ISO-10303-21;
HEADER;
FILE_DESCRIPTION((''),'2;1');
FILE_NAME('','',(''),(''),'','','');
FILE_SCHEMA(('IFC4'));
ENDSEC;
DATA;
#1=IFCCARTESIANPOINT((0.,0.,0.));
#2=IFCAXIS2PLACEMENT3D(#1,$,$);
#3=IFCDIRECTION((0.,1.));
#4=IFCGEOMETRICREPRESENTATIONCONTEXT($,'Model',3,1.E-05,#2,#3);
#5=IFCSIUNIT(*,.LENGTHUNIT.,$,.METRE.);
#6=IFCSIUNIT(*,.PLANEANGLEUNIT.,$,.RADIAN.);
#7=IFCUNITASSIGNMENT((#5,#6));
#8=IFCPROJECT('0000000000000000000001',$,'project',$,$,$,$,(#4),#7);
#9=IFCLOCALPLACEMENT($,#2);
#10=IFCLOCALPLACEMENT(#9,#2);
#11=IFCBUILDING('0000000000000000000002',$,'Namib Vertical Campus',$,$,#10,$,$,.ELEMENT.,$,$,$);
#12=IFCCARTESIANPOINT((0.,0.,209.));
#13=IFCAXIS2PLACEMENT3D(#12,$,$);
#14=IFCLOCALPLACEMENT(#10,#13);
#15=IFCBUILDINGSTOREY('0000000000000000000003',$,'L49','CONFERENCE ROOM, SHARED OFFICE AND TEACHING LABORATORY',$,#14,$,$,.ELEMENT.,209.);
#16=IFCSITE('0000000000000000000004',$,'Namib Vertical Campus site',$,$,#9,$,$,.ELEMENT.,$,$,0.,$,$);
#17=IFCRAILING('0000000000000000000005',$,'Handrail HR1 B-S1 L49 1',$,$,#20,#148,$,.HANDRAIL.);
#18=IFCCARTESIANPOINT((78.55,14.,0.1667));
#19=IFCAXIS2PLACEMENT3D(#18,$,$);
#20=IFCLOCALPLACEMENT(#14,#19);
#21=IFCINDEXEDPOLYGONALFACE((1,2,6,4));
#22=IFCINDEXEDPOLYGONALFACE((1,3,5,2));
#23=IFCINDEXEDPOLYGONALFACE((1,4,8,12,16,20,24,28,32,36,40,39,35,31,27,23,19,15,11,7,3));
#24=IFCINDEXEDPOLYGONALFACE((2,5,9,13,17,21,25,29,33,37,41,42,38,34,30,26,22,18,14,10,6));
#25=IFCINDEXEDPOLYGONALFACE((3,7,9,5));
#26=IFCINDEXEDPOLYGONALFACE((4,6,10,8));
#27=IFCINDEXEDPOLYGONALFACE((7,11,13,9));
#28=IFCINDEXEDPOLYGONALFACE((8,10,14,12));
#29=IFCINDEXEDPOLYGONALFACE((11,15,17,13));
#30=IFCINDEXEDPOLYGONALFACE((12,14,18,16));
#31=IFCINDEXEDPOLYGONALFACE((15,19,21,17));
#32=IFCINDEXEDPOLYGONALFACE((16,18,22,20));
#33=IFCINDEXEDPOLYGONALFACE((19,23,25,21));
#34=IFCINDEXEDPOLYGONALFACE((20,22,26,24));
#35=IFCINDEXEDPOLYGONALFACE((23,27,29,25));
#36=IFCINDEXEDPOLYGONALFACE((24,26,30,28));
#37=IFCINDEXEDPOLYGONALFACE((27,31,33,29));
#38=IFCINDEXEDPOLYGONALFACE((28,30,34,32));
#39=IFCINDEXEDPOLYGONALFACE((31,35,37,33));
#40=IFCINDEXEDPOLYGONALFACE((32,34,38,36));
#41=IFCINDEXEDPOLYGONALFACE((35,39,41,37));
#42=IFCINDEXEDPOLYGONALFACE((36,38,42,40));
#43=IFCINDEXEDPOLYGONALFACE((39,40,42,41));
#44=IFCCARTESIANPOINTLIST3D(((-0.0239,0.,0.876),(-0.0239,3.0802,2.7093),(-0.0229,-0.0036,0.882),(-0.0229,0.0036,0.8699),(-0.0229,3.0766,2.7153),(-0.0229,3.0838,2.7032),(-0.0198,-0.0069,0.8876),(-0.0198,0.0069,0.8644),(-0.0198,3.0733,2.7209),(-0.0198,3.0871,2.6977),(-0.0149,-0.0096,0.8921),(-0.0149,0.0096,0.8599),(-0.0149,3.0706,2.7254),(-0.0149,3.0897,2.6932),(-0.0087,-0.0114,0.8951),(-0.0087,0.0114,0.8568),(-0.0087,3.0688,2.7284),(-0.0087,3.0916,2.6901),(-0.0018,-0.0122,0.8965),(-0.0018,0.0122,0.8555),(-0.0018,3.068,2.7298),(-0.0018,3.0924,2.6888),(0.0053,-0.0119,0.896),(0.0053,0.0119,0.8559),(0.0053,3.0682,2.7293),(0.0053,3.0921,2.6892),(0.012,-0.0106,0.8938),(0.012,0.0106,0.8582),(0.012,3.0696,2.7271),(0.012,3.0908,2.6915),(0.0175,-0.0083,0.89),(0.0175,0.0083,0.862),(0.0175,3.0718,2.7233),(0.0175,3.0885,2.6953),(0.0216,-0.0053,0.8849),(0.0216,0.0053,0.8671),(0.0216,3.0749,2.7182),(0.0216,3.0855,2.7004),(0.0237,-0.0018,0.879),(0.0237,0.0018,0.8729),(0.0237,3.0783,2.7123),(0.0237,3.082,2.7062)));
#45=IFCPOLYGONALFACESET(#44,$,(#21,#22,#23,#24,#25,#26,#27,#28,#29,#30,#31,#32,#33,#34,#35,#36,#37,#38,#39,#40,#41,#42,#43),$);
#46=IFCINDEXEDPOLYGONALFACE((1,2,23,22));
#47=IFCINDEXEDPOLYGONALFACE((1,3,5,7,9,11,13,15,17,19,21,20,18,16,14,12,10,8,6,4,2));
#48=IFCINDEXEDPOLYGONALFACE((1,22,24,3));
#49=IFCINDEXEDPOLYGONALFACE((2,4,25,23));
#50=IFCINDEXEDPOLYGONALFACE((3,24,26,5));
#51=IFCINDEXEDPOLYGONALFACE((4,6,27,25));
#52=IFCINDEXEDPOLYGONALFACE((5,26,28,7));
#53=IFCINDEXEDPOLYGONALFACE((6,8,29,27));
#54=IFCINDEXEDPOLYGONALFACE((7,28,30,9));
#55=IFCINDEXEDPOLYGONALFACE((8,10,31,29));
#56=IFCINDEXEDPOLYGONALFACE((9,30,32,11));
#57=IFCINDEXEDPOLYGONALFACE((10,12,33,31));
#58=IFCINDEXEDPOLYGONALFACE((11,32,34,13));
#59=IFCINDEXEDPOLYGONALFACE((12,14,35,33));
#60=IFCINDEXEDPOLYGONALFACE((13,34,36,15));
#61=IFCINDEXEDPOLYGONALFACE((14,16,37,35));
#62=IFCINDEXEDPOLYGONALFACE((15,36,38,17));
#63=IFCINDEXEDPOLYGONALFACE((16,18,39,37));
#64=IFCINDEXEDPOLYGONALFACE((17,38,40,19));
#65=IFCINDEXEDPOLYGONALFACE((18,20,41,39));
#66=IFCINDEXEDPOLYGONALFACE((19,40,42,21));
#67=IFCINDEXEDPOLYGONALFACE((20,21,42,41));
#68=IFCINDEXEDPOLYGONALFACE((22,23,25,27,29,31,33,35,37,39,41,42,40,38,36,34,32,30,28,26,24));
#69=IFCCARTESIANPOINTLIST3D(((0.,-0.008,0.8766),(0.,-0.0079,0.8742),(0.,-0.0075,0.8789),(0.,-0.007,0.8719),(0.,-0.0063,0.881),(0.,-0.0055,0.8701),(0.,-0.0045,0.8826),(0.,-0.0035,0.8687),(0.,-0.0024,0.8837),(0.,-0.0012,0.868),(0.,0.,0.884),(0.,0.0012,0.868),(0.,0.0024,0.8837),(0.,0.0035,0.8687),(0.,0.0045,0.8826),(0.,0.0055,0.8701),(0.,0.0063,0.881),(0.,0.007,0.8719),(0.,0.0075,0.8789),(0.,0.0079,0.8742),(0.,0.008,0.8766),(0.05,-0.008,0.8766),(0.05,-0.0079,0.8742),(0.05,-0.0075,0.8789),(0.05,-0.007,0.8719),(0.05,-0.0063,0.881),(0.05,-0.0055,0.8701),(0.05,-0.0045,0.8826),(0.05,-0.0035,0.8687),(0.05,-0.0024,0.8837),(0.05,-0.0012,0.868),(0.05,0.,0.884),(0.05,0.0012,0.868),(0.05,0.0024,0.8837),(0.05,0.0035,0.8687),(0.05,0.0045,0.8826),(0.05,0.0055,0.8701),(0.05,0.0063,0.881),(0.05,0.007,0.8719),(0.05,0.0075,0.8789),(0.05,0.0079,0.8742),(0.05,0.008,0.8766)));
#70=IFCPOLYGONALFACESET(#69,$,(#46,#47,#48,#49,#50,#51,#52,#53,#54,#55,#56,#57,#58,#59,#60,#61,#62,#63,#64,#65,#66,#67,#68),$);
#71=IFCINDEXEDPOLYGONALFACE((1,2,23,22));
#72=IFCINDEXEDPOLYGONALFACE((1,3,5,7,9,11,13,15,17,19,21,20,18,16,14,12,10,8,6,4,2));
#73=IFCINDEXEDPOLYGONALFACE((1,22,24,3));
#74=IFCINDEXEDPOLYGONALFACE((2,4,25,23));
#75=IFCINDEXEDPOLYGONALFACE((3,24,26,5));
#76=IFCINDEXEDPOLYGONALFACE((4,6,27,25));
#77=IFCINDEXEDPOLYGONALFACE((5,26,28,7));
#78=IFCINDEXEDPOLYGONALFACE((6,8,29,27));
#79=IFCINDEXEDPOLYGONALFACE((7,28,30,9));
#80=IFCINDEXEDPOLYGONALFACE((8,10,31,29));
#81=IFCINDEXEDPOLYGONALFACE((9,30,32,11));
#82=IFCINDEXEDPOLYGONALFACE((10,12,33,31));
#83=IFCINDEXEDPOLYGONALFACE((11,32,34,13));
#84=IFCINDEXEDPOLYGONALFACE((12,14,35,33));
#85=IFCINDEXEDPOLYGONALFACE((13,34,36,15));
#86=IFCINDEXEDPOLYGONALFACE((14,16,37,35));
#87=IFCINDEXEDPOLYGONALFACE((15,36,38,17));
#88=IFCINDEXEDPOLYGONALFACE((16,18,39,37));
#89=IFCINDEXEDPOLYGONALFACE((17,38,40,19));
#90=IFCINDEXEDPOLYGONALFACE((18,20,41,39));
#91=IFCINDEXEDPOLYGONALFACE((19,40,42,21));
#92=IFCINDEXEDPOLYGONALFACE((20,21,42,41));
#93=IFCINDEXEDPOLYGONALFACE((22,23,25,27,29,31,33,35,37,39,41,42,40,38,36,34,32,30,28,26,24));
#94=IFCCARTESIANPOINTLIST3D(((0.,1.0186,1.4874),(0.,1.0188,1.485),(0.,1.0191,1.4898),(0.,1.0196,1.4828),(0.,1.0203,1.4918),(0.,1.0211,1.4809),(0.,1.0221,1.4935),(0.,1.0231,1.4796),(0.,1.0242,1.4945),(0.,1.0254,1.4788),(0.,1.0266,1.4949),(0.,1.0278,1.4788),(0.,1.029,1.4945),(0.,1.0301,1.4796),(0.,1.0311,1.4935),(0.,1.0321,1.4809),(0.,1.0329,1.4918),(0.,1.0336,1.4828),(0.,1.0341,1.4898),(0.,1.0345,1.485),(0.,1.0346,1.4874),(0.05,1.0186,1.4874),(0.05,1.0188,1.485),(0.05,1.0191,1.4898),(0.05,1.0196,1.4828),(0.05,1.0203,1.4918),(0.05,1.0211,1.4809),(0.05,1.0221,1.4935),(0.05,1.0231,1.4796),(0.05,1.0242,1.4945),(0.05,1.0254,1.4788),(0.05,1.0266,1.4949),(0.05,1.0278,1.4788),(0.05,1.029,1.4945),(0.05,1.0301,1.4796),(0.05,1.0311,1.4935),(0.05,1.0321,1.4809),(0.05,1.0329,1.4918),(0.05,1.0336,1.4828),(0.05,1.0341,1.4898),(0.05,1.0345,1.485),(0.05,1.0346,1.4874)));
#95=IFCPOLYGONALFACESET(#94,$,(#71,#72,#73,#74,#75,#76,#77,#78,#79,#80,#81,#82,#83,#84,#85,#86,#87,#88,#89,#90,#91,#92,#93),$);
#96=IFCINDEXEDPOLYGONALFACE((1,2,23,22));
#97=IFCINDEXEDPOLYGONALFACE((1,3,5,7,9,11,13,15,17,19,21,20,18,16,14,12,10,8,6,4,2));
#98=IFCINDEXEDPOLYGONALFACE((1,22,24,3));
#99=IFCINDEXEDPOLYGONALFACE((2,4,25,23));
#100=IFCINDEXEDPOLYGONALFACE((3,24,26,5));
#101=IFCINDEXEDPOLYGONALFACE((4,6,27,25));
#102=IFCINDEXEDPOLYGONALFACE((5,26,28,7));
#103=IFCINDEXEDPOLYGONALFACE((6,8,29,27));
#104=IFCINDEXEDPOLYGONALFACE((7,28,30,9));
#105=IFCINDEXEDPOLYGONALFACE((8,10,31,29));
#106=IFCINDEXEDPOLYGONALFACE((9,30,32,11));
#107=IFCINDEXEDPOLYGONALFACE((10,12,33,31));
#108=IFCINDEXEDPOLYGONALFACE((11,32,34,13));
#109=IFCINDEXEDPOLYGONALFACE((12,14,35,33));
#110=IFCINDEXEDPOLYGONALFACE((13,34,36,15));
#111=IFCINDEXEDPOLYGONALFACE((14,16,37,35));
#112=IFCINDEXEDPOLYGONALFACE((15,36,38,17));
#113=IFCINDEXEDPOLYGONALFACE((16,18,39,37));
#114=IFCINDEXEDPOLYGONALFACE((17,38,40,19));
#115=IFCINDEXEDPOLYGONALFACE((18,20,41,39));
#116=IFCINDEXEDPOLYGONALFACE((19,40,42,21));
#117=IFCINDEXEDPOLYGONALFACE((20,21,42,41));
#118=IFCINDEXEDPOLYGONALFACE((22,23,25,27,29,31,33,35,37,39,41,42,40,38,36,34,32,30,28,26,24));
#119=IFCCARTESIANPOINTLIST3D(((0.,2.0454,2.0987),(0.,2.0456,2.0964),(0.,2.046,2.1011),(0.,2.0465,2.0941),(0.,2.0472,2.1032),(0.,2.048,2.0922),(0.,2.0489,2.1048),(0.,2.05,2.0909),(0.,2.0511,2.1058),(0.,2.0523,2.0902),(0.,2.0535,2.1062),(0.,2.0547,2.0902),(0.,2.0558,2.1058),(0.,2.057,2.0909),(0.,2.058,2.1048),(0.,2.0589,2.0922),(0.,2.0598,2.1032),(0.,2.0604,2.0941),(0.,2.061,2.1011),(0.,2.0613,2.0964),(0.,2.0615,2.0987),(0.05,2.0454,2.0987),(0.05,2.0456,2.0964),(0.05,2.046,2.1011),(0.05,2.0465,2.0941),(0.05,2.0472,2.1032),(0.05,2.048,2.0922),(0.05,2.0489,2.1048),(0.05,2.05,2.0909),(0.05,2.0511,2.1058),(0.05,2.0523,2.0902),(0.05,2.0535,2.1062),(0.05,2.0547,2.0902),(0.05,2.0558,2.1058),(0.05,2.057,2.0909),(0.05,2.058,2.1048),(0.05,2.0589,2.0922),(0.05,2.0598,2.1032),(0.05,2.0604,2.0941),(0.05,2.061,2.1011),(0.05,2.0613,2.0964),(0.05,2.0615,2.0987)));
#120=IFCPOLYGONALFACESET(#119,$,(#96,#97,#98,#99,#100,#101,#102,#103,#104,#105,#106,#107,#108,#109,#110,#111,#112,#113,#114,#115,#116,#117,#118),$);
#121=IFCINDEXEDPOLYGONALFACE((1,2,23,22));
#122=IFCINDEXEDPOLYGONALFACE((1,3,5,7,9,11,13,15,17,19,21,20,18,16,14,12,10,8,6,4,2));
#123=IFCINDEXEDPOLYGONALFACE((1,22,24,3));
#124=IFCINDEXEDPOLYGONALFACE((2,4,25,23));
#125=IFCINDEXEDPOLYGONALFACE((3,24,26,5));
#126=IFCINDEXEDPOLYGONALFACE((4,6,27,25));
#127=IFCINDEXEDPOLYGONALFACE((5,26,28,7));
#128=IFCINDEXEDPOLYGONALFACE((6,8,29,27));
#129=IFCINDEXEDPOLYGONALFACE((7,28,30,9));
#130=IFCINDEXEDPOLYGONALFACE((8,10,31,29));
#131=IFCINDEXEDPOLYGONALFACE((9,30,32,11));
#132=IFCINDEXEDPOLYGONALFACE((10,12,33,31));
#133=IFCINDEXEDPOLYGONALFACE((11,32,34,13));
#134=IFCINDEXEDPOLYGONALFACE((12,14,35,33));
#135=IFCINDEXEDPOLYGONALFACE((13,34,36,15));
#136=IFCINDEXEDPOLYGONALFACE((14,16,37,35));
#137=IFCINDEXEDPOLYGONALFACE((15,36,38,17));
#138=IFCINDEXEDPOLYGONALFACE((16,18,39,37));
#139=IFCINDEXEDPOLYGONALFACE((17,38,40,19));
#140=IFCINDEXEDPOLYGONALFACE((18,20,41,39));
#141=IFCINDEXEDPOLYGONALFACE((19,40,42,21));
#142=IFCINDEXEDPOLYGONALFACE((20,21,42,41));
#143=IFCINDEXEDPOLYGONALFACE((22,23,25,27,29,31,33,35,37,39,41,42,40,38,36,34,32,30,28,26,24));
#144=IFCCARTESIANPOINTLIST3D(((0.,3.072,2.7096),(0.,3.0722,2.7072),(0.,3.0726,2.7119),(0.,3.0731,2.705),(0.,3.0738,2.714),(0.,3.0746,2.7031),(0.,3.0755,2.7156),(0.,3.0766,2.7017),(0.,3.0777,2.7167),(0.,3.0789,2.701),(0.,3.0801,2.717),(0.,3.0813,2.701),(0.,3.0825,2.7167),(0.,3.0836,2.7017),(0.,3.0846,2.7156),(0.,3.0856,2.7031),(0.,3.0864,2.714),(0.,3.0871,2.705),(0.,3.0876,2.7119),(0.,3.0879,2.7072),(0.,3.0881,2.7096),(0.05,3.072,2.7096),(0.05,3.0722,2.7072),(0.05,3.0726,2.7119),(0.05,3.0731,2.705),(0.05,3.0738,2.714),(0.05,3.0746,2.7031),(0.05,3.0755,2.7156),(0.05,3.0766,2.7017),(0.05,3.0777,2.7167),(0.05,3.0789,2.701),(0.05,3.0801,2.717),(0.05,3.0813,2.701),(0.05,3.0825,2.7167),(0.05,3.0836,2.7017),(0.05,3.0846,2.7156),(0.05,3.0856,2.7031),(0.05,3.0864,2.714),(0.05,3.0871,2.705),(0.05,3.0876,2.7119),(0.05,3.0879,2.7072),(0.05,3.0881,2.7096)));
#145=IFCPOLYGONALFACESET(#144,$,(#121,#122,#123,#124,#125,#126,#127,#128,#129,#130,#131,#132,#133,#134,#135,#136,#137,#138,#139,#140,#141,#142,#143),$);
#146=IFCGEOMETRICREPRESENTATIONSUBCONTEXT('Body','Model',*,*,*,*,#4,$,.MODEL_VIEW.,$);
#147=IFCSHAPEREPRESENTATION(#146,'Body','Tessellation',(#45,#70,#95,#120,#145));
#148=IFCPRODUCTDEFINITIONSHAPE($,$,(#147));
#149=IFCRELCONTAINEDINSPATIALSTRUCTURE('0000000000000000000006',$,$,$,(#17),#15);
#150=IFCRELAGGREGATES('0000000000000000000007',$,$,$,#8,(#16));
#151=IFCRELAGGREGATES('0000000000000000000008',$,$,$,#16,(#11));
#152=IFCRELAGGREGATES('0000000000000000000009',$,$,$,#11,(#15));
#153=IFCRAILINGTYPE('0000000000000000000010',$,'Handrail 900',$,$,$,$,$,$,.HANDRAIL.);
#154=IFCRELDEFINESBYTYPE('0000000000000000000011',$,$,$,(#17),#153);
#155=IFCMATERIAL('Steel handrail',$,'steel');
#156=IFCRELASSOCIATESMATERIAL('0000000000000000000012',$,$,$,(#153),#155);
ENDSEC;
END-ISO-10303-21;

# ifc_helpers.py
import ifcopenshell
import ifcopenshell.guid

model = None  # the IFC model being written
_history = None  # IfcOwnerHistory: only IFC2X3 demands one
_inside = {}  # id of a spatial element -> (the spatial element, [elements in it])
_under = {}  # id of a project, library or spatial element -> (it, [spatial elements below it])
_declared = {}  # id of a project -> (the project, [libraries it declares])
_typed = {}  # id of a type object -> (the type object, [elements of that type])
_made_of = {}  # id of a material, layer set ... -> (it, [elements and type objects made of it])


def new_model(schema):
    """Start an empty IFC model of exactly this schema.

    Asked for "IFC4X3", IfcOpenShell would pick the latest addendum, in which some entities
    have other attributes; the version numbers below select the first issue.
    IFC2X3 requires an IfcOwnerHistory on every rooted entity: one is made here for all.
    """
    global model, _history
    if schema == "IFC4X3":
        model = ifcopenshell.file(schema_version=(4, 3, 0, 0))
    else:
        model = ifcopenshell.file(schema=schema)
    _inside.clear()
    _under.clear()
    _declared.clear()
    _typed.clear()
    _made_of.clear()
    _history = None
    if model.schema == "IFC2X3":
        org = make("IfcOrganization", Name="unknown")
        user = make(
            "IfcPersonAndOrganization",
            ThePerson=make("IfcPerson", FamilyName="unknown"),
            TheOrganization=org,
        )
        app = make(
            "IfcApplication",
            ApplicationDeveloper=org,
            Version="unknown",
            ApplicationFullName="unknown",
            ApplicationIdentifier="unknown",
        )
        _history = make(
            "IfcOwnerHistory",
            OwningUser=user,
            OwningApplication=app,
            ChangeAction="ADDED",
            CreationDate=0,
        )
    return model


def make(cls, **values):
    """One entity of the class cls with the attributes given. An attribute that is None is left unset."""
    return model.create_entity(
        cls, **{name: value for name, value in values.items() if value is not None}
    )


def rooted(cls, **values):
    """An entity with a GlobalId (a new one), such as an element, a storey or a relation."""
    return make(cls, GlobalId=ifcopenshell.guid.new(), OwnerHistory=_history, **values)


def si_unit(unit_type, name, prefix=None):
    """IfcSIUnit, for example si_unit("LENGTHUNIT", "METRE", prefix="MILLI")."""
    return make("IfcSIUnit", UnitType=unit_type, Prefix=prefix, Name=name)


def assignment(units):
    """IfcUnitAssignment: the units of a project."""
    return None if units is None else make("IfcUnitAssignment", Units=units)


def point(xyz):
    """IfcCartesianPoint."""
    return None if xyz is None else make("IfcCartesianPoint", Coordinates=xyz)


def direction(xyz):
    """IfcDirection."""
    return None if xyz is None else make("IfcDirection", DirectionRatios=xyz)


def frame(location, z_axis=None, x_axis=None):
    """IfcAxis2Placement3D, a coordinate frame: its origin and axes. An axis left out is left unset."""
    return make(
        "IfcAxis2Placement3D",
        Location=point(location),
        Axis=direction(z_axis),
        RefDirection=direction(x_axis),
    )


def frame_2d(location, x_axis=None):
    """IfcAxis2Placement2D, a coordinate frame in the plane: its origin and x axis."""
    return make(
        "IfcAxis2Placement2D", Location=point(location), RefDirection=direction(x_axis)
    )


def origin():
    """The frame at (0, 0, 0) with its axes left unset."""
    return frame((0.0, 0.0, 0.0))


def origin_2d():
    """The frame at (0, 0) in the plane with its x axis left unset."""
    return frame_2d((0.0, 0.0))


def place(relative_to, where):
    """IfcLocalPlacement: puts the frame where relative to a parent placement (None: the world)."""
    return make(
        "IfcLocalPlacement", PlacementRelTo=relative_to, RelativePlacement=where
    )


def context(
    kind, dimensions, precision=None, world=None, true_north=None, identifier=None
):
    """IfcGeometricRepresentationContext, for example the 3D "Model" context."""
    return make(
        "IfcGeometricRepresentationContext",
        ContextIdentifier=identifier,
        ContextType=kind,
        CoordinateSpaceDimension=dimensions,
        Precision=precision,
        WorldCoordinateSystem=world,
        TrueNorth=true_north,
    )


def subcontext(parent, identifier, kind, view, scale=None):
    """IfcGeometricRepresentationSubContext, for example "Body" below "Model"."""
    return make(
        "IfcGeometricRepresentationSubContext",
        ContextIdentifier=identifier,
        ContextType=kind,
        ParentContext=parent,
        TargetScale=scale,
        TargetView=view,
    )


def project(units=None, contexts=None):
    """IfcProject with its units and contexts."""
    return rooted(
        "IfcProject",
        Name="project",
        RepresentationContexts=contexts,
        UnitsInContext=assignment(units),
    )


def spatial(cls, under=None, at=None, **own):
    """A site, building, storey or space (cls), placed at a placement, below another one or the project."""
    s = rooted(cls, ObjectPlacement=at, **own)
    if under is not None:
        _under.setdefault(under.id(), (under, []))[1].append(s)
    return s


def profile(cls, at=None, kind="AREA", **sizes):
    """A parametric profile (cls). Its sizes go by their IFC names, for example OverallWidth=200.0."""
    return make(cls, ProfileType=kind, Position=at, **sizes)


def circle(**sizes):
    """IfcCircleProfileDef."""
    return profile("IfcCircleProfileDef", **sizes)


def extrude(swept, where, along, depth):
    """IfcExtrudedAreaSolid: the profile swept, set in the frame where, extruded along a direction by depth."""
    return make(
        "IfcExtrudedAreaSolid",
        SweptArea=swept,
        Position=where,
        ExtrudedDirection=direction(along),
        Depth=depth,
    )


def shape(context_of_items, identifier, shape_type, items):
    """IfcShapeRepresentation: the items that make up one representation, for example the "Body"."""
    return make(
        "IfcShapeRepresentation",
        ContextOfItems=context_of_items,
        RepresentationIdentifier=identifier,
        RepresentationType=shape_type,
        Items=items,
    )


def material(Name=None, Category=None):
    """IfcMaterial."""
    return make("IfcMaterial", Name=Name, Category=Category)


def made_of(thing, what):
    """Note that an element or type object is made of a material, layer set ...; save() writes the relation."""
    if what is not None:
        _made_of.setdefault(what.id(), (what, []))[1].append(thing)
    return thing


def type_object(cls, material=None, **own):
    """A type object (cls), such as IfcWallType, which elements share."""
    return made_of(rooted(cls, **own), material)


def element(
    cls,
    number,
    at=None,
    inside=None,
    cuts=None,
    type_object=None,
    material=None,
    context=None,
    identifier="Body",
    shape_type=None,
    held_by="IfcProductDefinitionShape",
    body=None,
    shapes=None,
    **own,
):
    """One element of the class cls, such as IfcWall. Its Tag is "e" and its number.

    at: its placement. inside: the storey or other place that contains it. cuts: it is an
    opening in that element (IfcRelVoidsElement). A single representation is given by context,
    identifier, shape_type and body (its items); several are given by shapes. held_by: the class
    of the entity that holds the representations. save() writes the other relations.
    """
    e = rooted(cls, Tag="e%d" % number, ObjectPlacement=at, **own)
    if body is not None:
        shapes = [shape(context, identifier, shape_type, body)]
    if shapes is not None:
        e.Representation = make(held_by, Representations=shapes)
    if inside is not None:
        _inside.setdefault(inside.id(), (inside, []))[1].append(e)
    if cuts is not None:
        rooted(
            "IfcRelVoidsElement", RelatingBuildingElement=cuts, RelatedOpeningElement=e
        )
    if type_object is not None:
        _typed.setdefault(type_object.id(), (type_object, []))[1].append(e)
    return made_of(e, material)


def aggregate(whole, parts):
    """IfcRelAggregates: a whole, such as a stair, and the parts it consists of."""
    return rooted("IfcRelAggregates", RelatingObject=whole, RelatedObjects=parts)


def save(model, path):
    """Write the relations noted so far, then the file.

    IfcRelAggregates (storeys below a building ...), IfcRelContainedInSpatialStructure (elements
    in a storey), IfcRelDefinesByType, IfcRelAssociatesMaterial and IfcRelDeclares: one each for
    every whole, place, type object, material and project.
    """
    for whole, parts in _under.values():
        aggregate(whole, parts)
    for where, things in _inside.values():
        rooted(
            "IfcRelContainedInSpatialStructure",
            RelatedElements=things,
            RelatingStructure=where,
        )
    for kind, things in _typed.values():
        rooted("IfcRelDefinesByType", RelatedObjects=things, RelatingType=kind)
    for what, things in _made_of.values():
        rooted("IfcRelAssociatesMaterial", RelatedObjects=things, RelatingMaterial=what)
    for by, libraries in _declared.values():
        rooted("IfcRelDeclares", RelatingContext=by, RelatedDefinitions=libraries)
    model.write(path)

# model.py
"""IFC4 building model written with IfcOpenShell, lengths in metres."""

from ifc_helpers import new_model, si_unit, direction, frame, origin, origin_2d, place, context, subcontext, project, spatial, circle, extrude, material, type_object, element, save


model = new_model("IFC4")

# Units and contexts
model_context = context("Model", 3, precision=1e-05, world=origin(), true_north=direction((0.0, 1.0)))
body_context = subcontext(model_context, "Body", "Model", "MODEL_VIEW")
ifc_project = project(units=[si_unit("LENGTHUNIT", "METRE"), si_unit("PLANEANGLEUNIT", "RADIAN")], contexts=[model_context])

# Site, building, storey
site_placement = place(None, origin())
site = spatial("IfcSite", under=ifc_project, at=site_placement, Name="Namib Vertical Campus site", CompositionType="ELEMENT", RefElevation=0.0)
building_placement = place(site_placement, origin())
building = spatial("IfcBuilding", under=site, at=building_placement, Name="Namib Vertical Campus", CompositionType="ELEMENT")
storey_placement = place(building_placement, frame((0.0, 0.0, 209.0)))
storey = spatial("IfcBuildingStorey", under=building, at=storey_placement, Name="L49", Description="CONFERENCE ROOM, SHARED OFFICE AND TEACHING LABORATORY", CompositionType="ELEMENT", Elevation=209.0)

# Railing
ifc_material_1 = material(Name="Steel handrail", Category="steel")
railing_type_1 = type_object("IfcRailingType", Name="Handrail 900", PredefinedType="HANDRAIL", material=ifc_material_1)
railing_1_placement = place(storey_placement, frame((78.55, 14.0, 0.1667)))
element("IfcRailing", 1, at=railing_1_placement, inside=storey, type_object=railing_type_1, Name="Handrail HR1 B-S1 L49 1", PredefinedType="HANDRAIL", context=body_context, shape_type="SweptSolid", body=[
    extrude(circle(Radius=0.0239, at=origin_2d()), frame((0.0, 0.0, 0.876), z_axis=(0.0, 0.859309, 0.511458), x_axis=(-1.0, 0.0, 0.0)), (0.0, 0.0, 1.0), 3.5845),
    extrude(circle(Radius=0.0081, at=origin_2d()), frame((0.0, 0.0, 0.876), z_axis=(1.0, 0.0, 0.0), x_axis=(0.0, 0.0, 1.0)), (0.0, 0.0, 1.0), 0.05),
    extrude(circle(Radius=0.0081, at=origin_2d()), frame((0.0, 1.0266, 1.4868), z_axis=(1.0, 0.0, 0.0), x_axis=(0.0, 0.0, 1.0)), (0.0, 0.0, 1.0), 0.05),
    extrude(circle(Radius=0.0081, at=origin_2d()), frame((0.0, 2.0535, 2.0981), z_axis=(1.0, 0.0, 0.0), x_axis=(0.0, 0.0, 1.0)), (0.0, 0.0, 1.0), 0.05),
    extrude(circle(Radius=0.0081, at=origin_2d()), frame((0.0, 3.0801, 2.709), z_axis=(1.0, 0.0, 0.0), x_axis=(0.0, 0.0, 1.0)), (0.0, 0.0, 1.0), 0.05),
])

save(model, "model.ifc")
